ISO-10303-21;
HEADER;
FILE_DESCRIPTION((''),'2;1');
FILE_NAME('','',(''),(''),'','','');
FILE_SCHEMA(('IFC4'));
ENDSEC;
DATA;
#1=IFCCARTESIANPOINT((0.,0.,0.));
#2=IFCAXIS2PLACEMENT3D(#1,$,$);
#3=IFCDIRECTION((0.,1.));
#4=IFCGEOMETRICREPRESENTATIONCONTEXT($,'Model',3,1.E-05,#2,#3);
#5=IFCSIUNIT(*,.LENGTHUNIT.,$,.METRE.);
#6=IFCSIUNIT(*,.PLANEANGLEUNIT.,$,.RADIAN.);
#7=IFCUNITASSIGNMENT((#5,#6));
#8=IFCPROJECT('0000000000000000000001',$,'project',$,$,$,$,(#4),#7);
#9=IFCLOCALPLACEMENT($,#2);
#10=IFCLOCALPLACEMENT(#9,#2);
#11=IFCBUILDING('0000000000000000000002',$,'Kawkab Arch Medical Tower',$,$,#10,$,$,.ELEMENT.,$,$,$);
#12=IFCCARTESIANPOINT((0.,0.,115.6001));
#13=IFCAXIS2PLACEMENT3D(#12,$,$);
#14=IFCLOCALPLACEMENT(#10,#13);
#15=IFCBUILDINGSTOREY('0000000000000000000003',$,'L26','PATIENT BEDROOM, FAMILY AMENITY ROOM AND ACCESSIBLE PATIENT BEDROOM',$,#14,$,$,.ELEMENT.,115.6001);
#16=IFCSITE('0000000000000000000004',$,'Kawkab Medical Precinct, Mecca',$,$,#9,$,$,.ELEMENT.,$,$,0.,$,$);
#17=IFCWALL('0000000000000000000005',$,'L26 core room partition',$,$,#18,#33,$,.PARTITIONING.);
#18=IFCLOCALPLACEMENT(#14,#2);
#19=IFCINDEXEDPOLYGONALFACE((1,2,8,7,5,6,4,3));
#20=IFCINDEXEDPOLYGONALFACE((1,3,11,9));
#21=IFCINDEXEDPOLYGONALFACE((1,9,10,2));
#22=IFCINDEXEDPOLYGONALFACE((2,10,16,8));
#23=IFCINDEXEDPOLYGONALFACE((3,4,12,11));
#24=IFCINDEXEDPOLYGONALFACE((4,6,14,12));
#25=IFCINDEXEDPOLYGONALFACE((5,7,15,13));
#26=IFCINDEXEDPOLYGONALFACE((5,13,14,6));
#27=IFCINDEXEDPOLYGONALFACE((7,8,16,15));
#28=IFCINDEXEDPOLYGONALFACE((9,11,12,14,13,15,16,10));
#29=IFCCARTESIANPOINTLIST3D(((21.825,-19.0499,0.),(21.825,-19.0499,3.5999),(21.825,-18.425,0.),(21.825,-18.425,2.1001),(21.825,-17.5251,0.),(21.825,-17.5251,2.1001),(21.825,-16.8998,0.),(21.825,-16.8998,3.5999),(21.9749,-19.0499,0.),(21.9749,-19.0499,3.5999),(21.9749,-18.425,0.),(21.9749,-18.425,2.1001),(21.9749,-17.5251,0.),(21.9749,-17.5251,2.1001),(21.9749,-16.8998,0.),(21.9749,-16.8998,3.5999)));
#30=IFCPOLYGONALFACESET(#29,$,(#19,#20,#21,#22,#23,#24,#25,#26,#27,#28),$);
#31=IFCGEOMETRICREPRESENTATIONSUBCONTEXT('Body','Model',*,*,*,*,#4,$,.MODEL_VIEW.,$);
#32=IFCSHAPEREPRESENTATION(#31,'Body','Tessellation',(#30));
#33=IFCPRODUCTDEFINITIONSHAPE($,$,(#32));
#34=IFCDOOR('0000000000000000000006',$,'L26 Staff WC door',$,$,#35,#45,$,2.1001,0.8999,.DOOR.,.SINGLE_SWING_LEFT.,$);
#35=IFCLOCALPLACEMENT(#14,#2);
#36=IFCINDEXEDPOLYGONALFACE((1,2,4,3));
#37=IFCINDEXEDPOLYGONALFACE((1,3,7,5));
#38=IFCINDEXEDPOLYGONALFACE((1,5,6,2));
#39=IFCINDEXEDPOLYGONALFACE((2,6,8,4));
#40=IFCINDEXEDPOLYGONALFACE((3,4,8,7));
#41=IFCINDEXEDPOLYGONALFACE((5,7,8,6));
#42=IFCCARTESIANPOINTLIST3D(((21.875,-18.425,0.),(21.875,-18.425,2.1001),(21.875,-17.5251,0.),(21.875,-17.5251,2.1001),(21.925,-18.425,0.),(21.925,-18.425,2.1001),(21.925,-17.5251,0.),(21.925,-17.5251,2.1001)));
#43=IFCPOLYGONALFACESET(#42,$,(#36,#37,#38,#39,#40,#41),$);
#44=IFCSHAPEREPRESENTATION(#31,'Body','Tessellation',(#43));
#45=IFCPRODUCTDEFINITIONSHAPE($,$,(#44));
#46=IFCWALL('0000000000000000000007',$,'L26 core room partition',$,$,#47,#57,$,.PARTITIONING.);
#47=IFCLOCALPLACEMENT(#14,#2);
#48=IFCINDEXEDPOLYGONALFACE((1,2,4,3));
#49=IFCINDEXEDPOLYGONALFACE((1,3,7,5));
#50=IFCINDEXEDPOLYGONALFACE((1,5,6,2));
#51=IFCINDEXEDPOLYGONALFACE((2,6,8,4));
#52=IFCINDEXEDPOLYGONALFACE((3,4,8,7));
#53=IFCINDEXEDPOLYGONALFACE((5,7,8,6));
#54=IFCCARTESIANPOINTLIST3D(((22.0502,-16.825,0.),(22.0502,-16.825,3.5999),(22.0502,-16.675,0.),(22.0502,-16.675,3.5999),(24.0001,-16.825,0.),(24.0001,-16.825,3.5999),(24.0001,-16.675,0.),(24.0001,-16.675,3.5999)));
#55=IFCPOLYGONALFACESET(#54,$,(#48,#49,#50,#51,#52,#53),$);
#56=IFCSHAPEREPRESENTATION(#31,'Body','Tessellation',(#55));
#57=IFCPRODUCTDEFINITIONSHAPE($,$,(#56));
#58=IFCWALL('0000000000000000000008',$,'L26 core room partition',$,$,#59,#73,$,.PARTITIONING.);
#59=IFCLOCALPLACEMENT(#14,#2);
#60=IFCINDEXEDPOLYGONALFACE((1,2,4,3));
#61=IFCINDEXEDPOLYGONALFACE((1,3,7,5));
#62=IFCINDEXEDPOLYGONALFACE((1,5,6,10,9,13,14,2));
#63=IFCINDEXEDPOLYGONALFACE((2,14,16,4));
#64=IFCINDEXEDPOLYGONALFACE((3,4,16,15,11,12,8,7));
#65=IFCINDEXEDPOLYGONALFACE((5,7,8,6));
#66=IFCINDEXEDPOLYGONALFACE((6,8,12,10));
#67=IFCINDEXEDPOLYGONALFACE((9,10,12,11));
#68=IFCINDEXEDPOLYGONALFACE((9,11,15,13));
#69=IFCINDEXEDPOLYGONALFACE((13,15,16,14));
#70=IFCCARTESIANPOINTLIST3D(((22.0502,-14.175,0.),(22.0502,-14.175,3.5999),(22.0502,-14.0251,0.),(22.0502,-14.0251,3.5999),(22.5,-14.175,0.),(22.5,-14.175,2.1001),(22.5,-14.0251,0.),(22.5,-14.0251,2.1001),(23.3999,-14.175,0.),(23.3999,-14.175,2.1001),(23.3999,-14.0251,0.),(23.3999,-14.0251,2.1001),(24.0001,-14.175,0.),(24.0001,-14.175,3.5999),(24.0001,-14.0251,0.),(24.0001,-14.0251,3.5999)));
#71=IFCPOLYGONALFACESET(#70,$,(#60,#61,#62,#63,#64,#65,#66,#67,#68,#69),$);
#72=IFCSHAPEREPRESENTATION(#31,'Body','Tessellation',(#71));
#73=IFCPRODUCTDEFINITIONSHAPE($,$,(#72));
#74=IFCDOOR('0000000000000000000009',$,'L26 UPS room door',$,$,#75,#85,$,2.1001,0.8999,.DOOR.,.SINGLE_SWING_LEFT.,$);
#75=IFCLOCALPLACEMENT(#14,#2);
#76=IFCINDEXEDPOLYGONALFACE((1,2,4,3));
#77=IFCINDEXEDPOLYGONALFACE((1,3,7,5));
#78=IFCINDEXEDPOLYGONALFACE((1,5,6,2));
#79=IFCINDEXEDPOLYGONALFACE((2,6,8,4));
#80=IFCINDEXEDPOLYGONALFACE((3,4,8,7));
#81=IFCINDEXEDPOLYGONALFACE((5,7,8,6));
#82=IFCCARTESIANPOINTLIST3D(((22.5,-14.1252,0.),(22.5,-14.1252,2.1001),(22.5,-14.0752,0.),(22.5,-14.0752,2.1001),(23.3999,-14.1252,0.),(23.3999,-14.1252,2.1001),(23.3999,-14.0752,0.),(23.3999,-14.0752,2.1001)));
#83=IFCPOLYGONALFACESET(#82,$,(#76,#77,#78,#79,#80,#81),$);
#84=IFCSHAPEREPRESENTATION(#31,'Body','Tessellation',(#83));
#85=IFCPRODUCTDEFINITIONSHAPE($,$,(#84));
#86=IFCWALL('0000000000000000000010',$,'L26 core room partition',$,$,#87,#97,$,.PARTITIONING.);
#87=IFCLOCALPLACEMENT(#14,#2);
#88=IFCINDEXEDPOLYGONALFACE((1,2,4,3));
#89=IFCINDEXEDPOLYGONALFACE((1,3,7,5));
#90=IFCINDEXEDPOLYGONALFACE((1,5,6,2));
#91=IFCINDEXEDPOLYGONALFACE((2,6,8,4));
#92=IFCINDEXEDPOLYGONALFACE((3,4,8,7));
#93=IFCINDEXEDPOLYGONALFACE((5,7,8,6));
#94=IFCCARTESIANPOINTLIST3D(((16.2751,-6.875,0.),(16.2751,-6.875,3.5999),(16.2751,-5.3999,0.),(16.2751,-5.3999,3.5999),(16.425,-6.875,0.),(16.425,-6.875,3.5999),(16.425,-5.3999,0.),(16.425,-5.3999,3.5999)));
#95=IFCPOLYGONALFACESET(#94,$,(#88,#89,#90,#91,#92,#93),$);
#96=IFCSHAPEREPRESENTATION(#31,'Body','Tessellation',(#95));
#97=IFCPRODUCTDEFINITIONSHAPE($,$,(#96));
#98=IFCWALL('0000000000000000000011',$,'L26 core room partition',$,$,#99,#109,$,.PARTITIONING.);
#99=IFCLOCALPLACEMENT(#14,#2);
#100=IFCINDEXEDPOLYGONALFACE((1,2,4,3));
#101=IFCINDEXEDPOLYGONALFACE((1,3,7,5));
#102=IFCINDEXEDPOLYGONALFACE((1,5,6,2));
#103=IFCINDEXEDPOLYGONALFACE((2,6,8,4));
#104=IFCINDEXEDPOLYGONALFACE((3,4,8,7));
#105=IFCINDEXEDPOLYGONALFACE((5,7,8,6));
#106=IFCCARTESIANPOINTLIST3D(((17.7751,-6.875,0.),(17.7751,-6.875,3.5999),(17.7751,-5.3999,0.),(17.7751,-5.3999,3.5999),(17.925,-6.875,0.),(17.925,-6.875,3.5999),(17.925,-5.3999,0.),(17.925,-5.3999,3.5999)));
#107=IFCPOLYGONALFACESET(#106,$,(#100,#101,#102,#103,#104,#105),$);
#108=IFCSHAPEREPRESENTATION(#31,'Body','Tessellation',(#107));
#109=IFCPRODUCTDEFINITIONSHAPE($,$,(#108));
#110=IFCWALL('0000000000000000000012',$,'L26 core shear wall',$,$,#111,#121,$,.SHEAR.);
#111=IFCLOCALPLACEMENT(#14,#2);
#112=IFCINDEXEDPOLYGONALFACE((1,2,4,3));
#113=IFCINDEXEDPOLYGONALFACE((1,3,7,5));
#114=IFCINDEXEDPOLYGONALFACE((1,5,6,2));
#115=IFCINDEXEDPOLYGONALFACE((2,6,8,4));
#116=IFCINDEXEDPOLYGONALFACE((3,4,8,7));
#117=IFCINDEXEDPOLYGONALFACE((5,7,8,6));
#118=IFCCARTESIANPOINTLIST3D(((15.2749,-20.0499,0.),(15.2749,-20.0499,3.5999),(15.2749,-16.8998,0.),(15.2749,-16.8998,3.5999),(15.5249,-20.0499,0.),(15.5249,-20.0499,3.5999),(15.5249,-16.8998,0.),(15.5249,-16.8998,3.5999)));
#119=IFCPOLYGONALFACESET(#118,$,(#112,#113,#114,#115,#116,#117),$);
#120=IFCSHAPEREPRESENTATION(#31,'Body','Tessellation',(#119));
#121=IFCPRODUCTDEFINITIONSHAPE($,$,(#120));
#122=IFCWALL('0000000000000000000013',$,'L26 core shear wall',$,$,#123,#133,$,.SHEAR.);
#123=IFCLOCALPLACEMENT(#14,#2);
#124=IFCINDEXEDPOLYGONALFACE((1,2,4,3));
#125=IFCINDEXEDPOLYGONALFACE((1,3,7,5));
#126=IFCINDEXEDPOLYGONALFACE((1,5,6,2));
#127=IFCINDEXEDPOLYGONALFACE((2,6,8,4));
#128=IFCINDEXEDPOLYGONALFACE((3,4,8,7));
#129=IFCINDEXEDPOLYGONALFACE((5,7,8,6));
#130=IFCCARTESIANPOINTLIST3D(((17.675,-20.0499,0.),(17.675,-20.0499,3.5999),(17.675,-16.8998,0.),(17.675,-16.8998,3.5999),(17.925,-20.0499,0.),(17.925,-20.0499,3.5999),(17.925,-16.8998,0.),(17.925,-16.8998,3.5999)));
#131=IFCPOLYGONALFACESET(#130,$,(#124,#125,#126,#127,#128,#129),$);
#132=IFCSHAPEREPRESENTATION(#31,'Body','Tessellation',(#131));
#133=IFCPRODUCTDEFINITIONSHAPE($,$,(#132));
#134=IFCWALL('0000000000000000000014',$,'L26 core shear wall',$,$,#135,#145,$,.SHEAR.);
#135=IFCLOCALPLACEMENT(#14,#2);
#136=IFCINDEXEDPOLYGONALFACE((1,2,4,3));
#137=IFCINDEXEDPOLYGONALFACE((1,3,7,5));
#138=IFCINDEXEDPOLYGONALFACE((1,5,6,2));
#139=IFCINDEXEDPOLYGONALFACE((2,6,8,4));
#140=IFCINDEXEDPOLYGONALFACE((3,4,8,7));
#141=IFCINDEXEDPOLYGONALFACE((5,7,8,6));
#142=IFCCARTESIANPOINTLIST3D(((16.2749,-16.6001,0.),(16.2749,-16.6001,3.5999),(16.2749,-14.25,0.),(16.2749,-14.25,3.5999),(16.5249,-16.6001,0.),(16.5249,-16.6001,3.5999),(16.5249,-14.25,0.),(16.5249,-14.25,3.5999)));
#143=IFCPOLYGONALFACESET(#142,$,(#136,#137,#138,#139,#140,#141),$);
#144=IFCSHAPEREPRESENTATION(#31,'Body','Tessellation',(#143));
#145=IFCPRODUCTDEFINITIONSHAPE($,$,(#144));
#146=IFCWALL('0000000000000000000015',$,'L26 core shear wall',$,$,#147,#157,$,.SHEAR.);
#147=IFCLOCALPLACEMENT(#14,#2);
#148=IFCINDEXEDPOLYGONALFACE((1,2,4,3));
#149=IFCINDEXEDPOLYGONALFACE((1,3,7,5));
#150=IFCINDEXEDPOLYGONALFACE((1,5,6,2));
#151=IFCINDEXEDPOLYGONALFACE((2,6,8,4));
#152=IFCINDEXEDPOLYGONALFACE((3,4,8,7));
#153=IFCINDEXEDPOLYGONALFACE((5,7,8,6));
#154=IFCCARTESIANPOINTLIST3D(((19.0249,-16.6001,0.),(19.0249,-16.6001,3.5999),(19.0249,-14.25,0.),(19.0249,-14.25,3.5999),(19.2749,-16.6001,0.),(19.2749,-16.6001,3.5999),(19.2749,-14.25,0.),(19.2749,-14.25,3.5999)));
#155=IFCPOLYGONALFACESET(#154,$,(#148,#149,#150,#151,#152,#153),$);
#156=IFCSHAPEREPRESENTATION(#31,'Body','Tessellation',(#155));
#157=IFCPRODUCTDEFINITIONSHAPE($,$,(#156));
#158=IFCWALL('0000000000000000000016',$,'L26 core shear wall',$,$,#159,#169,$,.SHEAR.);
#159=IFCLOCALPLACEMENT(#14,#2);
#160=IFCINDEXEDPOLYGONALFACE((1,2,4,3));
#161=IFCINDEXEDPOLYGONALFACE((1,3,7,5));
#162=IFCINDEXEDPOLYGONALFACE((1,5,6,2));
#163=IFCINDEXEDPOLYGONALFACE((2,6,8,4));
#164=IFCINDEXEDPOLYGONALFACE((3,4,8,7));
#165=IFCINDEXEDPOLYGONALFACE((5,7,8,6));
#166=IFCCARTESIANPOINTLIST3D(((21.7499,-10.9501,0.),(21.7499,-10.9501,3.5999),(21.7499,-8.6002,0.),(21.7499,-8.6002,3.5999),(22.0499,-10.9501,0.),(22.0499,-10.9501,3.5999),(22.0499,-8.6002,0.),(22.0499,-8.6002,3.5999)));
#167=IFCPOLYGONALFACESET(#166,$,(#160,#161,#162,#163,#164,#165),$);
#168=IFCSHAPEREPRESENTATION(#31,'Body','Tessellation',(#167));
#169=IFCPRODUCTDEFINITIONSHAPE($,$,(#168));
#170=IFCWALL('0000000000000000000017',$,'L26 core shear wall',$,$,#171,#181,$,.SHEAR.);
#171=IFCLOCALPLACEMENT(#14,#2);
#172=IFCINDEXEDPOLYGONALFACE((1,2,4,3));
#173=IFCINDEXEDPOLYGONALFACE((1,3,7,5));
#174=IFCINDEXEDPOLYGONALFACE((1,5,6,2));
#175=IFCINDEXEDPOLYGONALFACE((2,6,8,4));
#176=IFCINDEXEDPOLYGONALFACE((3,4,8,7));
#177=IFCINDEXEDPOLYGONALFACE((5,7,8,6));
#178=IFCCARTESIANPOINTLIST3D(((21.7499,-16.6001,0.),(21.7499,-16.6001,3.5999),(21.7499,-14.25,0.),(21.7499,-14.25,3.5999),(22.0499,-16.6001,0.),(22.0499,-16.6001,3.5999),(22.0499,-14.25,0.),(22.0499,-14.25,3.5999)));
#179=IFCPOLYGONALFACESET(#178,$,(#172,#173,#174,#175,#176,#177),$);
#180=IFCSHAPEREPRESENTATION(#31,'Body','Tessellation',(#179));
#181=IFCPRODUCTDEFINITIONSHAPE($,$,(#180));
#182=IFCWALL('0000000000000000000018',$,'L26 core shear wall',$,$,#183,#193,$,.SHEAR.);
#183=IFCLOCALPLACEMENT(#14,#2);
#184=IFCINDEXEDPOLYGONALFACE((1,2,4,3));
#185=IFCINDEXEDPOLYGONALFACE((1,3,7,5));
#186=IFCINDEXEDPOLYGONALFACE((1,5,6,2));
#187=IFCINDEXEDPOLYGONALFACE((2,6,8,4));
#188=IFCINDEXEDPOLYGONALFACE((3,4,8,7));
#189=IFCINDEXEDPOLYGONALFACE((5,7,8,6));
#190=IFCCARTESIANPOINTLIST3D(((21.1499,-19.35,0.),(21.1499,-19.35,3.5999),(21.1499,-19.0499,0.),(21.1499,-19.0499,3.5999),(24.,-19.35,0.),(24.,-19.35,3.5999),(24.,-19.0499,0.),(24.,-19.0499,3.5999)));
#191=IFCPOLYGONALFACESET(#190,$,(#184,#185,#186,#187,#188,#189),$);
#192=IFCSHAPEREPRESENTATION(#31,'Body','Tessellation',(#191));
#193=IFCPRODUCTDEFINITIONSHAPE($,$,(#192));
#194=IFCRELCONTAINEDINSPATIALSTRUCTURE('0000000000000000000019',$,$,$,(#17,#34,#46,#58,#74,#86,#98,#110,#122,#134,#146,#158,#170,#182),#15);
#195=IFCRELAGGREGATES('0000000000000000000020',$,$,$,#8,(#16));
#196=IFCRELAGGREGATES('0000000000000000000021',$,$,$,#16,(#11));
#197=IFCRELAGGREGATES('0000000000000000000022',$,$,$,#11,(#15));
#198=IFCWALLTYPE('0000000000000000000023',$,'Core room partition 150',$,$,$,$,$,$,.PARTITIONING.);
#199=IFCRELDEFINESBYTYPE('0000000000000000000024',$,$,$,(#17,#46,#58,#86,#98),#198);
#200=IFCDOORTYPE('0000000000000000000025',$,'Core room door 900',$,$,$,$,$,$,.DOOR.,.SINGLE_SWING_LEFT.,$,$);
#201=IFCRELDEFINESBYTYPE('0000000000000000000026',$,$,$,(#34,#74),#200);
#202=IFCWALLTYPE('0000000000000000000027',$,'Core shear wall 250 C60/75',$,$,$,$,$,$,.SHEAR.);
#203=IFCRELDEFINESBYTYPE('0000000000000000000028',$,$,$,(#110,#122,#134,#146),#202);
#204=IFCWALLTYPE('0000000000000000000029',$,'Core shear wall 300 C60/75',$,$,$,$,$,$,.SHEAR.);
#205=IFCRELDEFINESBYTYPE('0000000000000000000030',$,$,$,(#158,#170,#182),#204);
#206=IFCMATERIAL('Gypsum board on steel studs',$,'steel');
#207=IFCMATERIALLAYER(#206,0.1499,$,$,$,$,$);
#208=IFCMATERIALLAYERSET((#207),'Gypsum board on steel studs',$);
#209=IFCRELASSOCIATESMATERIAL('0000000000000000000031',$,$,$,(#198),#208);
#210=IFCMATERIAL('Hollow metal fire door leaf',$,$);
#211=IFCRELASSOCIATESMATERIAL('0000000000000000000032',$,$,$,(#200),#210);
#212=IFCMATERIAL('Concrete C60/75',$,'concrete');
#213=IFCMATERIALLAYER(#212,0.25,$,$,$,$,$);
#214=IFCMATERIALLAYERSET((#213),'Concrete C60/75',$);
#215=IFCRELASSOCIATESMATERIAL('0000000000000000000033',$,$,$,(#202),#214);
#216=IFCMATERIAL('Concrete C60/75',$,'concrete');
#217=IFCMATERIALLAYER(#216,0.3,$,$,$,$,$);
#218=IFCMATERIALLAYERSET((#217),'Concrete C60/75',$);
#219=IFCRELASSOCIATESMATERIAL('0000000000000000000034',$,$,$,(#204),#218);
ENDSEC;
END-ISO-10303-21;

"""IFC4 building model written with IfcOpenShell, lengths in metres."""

from ifc_helpers import new_model, si_unit, direction, frame, frame_2d, origin, place, context, subcontext, project, spatial, rectangle, extrude, material, layer, layer_set, type_object, element, fill, save


model = new_model("IFC4")

# Units and contexts
model_context = context("Model", 3, precision=1e-05, world=origin(), true_north=direction((0.0, 1.0)))
body_context = subcontext(model_context, "Body", "Model", "MODEL_VIEW")
ifc_project = project(units=[si_unit("LENGTHUNIT", "METRE"), si_unit("PLANEANGLEUNIT", "RADIAN")], contexts=[model_context])

# Site, building, storey
site_placement = place(None, origin())
site = spatial("IfcSite", under=ifc_project, at=site_placement, Name="Kawkab Medical Precinct, Mecca", CompositionType="ELEMENT", RefElevation=0.0)
building_placement = place(site_placement, origin())
building = spatial("IfcBuilding", under=site, at=building_placement, Name="Kawkab Arch Medical Tower", CompositionType="ELEMENT")
storey_placement = place(building_placement, frame((0.0, 0.0, 115.6001)))
storey = spatial("IfcBuildingStorey", under=building, at=storey_placement, Name="L26", Description="PATIENT BEDROOM, FAMILY AMENITY ROOM AND ACCESSIBLE PATIENT BEDROOM", CompositionType="ELEMENT", Elevation=115.6001)

# Wall, opening, door
ifc_material_1 = material(Name="Gypsum board on steel studs", Category="steel")
ifc_layer_1 = layer(ifc_material_1, 0.1499)
ifc_layer_set_1 = layer_set([ifc_layer_1], Name="Gypsum board on steel studs")
wall_type_1 = type_object("IfcWallType", Name="Core room partition 150", PredefinedType="PARTITIONING", material=ifc_layer_set_1)
wall_1_placement = place(storey_placement, frame((21.8999, -19.05, 0.0), z_axis=(0.0, 0.0, 1.0), x_axis=(0.0, 1.0, 0.0)))
wall_1 = element("IfcWall", 1, at=wall_1_placement, inside=storey, type_object=wall_type_1, Name="L26 core room partition", PredefinedType="PARTITIONING", context=body_context, shape_type="SweptSolid", body=[
    extrude(rectangle(XDim=2.1501, YDim=0.1499, at=frame_2d((1.0752, 0.0))), origin(), (0.0, 0.0, 1.0), 3.5999),
])
opening_1_placement = place(wall_1_placement, frame((0.625, 0.0, 0.0)))
opening_1 = element("IfcOpeningElement", 2, at=opening_1_placement, cuts=wall_1, PredefinedType="OPENING", context=body_context, shape_type="SweptSolid", body=[
    extrude(rectangle(XDim=0.8999, YDim=2.1001, at=frame_2d((0.45, 1.05))), frame((0.0, 0.085, 0.0), z_axis=(0.0, -1.0, 0.0), x_axis=(1.0, 0.0, 0.0)), (0.0, 0.0, 1.0), 0.1699),
])
ifc_material_2 = material(Name="Hollow metal fire door leaf")
door_type_1 = type_object("IfcDoorType", Name="Core room door 900", OperationType="SINGLE_SWING_LEFT", PredefinedType="DOOR", material=ifc_material_2)
door_1_placement = place(opening_1_placement, origin())
door_1 = element("IfcDoor", 3, at=door_1_placement, inside=storey, type_object=door_type_1, Name="L26 Staff WC door", OperationType="SINGLE_SWING_LEFT", OverallHeight=2.1001, OverallWidth=0.8999, PredefinedType="DOOR", context=body_context, shape_type="SweptSolid", body=[
    extrude(rectangle(XDim=0.8999, YDim=2.1001, at=frame_2d((0.45, 1.05))), frame((0.0, 0.0249, 0.0), z_axis=(0.0, -1.0, 0.0), x_axis=(1.0, 0.0, 0.0)), (0.0, 0.0, 1.0), 0.05),
])
fill(opening_1, door_1)

# Wall
wall_2_placement = place(storey_placement, frame((22.05, -16.75, 0.0), z_axis=(0.0, 0.0, 1.0), x_axis=(1.0, 0.0, 0.0)))
element("IfcWall", 4, at=wall_2_placement, inside=storey, type_object=wall_type_1, Name="L26 core room partition", PredefinedType="PARTITIONING", context=body_context, shape_type="SweptSolid", body=[
    extrude(rectangle(XDim=1.95, YDim=0.1499, at=frame_2d((0.9751, 0.0))), origin(), (0.0, 0.0, 1.0), 3.5999),
])

# Wall, opening, door
wall_3_placement = place(storey_placement, frame((22.05, -14.1001, 0.0), z_axis=(0.0, 0.0, 1.0), x_axis=(1.0, 0.0, 0.0)))
wall_3 = element("IfcWall", 5, at=wall_3_placement, inside=storey, type_object=wall_type_1, Name="L26 core room partition", PredefinedType="PARTITIONING", context=body_context, shape_type="SweptSolid", body=[
    extrude(rectangle(XDim=1.95, YDim=0.1499, at=frame_2d((0.9751, 0.0))), origin(), (0.0, 0.0, 1.0), 3.5999),
])
opening_2_placement = place(wall_3_placement, frame((0.45, 0.0, 0.0)))
opening_2 = element("IfcOpeningElement", 6, at=opening_2_placement, cuts=wall_3, PredefinedType="OPENING", context=body_context, shape_type="SweptSolid", body=[
    extrude(rectangle(XDim=0.8999, YDim=2.1001, at=frame_2d((0.45, 1.05))), frame((0.0, 0.085, 0.0), z_axis=(0.0, -1.0, 0.0), x_axis=(1.0, 0.0, 0.0)), (0.0, 0.0, 1.0), 0.1699),
])
door_2_placement = place(opening_2_placement, origin())
door_2 = element("IfcDoor", 7, at=door_2_placement, inside=storey, type_object=door_type_1, Name="L26 UPS room door", OperationType="SINGLE_SWING_LEFT", OverallHeight=2.1001, OverallWidth=0.8999, PredefinedType="DOOR", context=body_context, shape_type="SweptSolid", body=[
    extrude(rectangle(XDim=0.8999, YDim=2.1001, at=frame_2d((0.45, 1.05))), frame((0.0, 0.0249, 0.0), z_axis=(0.0, -1.0, 0.0), x_axis=(1.0, 0.0, 0.0)), (0.0, 0.0, 1.0), 0.05),
])
fill(opening_2, door_2)

# Walls
for number, where, z_axis, x_axis, name in (
    (8, (16.3501, -6.875, 0.0), (0.0, 0.0, 1.0), (0.0, 1.0, 0.0), "L26 core room partition"),
    (9, (17.8501, -6.875, 0.0), (0.0, 0.0, 1.0), (0.0, 1.0, 0.0), "L26 core room partition"),
):
    element("IfcWall", number, at=place(storey_placement, frame(where, z_axis=z_axis, x_axis=x_axis)), inside=storey, type_object=wall_type_1, Name=name, PredefinedType="PARTITIONING", context=body_context, shape_type="SweptSolid", body=[
        extrude(rectangle(XDim=1.4751, YDim=0.1499, at=frame_2d((0.7375, 0.0))), origin(), (0.0, 0.0, 1.0), 3.5999),
    ])
ifc_material_3 = material(Name="Concrete C60/75", Category="concrete")
ifc_layer_2 = layer(ifc_material_3, 0.25)
ifc_layer_set_2 = layer_set([ifc_layer_2], Name="Concrete C60/75")
wall_type_2 = type_object("IfcWallType", Name="Core shear wall 250 C60/75", PredefinedType="SHEAR", material=ifc_layer_set_2)
for number, where, z_axis, x_axis, name in (
    (10, (15.3999, -20.05, 0.0), (0.0, 0.0, 1.0), (0.0, 1.0, 0.0), "L26 core shear wall"),
    (11, (17.8, -20.05, 0.0), (0.0, 0.0, 1.0), (0.0, 1.0, 0.0), "L26 core shear wall"),
):
    element("IfcWall", number, at=place(storey_placement, frame(where, z_axis=z_axis, x_axis=x_axis)), inside=storey, type_object=wall_type_2, Name=name, PredefinedType="SHEAR", context=body_context, shape_type="SweptSolid", body=[
        extrude(rectangle(XDim=3.1501, YDim=0.25, at=frame_2d((1.5752, 0.0))), origin(), (0.0, 0.0, 1.0), 3.5999),
    ])
for number, where, z_axis, x_axis, name in (
    (12, (16.3999, -16.6001, 0.0), (0.0, 0.0, 1.0), (0.0, 1.0, 0.0), "L26 core shear wall"),
    (13, (19.1499, -16.6001, 0.0), (0.0, 0.0, 1.0), (0.0, 1.0, 0.0), "L26 core shear wall"),
):
    element("IfcWall", number, at=place(storey_placement, frame(where, z_axis=z_axis, x_axis=x_axis)), inside=storey, type_object=wall_type_2, Name=name, PredefinedType="SHEAR", context=body_context, shape_type="SweptSolid", body=[
        extrude(rectangle(XDim=2.3501, YDim=0.25, at=frame_2d((1.175, 0.0))), origin(), (0.0, 0.0, 1.0), 3.5999),
    ])
ifc_material_4 = material(Name="Concrete C60/75", Category="concrete")
ifc_layer_3 = layer(ifc_material_4, 0.3)
ifc_layer_set_3 = layer_set([ifc_layer_3], Name="Concrete C60/75")
wall_type_3 = type_object("IfcWallType", Name="Core shear wall 300 C60/75", PredefinedType="SHEAR", material=ifc_layer_set_3)
wall_4_placement = place(storey_placement, frame((21.8999, -10.95, 0.0), z_axis=(0.0, 0.0, 1.0), x_axis=(0.0, 1.0, 0.0)))
element("IfcWall", 14, at=wall_4_placement, inside=storey, type_object=wall_type_3, Name="L26 core shear wall", PredefinedType="SHEAR", context=body_context, shape_type="SweptSolid", body=[
    extrude(rectangle(XDim=2.3499, YDim=0.3, at=frame_2d((1.1748, 0.0))), origin(), (0.0, 0.0, 1.0), 3.5999),
])
wall_5_placement = place(storey_placement, frame((21.8999, -16.6001, 0.0), z_axis=(0.0, 0.0, 1.0), x_axis=(0.0, 1.0, 0.0)))
element("IfcWall", 15, at=wall_5_placement, inside=storey, type_object=wall_type_3, Name="L26 core shear wall", PredefinedType="SHEAR", context=body_context, shape_type="SweptSolid", body=[
    extrude(rectangle(XDim=2.3501, YDim=0.3, at=frame_2d((1.175, 0.0))), origin(), (0.0, 0.0, 1.0), 3.5999),
])
wall_6_placement = place(storey_placement, frame((21.1499, -19.2, 0.0), z_axis=(0.0, 0.0, 1.0), x_axis=(1.0, 0.0, 0.0)))
element("IfcWall", 16, at=wall_6_placement, inside=storey, type_object=wall_type_3, Name="L26 core shear wall", PredefinedType="SHEAR", context=body_context, shape_type="SweptSolid", body=[
    extrude(rectangle(XDim=2.8501, YDim=0.3, at=frame_2d((1.425, 0.0))), origin(), (0.0, 0.0, 1.0), 3.5999),
])

save(model, "model.ifc")
